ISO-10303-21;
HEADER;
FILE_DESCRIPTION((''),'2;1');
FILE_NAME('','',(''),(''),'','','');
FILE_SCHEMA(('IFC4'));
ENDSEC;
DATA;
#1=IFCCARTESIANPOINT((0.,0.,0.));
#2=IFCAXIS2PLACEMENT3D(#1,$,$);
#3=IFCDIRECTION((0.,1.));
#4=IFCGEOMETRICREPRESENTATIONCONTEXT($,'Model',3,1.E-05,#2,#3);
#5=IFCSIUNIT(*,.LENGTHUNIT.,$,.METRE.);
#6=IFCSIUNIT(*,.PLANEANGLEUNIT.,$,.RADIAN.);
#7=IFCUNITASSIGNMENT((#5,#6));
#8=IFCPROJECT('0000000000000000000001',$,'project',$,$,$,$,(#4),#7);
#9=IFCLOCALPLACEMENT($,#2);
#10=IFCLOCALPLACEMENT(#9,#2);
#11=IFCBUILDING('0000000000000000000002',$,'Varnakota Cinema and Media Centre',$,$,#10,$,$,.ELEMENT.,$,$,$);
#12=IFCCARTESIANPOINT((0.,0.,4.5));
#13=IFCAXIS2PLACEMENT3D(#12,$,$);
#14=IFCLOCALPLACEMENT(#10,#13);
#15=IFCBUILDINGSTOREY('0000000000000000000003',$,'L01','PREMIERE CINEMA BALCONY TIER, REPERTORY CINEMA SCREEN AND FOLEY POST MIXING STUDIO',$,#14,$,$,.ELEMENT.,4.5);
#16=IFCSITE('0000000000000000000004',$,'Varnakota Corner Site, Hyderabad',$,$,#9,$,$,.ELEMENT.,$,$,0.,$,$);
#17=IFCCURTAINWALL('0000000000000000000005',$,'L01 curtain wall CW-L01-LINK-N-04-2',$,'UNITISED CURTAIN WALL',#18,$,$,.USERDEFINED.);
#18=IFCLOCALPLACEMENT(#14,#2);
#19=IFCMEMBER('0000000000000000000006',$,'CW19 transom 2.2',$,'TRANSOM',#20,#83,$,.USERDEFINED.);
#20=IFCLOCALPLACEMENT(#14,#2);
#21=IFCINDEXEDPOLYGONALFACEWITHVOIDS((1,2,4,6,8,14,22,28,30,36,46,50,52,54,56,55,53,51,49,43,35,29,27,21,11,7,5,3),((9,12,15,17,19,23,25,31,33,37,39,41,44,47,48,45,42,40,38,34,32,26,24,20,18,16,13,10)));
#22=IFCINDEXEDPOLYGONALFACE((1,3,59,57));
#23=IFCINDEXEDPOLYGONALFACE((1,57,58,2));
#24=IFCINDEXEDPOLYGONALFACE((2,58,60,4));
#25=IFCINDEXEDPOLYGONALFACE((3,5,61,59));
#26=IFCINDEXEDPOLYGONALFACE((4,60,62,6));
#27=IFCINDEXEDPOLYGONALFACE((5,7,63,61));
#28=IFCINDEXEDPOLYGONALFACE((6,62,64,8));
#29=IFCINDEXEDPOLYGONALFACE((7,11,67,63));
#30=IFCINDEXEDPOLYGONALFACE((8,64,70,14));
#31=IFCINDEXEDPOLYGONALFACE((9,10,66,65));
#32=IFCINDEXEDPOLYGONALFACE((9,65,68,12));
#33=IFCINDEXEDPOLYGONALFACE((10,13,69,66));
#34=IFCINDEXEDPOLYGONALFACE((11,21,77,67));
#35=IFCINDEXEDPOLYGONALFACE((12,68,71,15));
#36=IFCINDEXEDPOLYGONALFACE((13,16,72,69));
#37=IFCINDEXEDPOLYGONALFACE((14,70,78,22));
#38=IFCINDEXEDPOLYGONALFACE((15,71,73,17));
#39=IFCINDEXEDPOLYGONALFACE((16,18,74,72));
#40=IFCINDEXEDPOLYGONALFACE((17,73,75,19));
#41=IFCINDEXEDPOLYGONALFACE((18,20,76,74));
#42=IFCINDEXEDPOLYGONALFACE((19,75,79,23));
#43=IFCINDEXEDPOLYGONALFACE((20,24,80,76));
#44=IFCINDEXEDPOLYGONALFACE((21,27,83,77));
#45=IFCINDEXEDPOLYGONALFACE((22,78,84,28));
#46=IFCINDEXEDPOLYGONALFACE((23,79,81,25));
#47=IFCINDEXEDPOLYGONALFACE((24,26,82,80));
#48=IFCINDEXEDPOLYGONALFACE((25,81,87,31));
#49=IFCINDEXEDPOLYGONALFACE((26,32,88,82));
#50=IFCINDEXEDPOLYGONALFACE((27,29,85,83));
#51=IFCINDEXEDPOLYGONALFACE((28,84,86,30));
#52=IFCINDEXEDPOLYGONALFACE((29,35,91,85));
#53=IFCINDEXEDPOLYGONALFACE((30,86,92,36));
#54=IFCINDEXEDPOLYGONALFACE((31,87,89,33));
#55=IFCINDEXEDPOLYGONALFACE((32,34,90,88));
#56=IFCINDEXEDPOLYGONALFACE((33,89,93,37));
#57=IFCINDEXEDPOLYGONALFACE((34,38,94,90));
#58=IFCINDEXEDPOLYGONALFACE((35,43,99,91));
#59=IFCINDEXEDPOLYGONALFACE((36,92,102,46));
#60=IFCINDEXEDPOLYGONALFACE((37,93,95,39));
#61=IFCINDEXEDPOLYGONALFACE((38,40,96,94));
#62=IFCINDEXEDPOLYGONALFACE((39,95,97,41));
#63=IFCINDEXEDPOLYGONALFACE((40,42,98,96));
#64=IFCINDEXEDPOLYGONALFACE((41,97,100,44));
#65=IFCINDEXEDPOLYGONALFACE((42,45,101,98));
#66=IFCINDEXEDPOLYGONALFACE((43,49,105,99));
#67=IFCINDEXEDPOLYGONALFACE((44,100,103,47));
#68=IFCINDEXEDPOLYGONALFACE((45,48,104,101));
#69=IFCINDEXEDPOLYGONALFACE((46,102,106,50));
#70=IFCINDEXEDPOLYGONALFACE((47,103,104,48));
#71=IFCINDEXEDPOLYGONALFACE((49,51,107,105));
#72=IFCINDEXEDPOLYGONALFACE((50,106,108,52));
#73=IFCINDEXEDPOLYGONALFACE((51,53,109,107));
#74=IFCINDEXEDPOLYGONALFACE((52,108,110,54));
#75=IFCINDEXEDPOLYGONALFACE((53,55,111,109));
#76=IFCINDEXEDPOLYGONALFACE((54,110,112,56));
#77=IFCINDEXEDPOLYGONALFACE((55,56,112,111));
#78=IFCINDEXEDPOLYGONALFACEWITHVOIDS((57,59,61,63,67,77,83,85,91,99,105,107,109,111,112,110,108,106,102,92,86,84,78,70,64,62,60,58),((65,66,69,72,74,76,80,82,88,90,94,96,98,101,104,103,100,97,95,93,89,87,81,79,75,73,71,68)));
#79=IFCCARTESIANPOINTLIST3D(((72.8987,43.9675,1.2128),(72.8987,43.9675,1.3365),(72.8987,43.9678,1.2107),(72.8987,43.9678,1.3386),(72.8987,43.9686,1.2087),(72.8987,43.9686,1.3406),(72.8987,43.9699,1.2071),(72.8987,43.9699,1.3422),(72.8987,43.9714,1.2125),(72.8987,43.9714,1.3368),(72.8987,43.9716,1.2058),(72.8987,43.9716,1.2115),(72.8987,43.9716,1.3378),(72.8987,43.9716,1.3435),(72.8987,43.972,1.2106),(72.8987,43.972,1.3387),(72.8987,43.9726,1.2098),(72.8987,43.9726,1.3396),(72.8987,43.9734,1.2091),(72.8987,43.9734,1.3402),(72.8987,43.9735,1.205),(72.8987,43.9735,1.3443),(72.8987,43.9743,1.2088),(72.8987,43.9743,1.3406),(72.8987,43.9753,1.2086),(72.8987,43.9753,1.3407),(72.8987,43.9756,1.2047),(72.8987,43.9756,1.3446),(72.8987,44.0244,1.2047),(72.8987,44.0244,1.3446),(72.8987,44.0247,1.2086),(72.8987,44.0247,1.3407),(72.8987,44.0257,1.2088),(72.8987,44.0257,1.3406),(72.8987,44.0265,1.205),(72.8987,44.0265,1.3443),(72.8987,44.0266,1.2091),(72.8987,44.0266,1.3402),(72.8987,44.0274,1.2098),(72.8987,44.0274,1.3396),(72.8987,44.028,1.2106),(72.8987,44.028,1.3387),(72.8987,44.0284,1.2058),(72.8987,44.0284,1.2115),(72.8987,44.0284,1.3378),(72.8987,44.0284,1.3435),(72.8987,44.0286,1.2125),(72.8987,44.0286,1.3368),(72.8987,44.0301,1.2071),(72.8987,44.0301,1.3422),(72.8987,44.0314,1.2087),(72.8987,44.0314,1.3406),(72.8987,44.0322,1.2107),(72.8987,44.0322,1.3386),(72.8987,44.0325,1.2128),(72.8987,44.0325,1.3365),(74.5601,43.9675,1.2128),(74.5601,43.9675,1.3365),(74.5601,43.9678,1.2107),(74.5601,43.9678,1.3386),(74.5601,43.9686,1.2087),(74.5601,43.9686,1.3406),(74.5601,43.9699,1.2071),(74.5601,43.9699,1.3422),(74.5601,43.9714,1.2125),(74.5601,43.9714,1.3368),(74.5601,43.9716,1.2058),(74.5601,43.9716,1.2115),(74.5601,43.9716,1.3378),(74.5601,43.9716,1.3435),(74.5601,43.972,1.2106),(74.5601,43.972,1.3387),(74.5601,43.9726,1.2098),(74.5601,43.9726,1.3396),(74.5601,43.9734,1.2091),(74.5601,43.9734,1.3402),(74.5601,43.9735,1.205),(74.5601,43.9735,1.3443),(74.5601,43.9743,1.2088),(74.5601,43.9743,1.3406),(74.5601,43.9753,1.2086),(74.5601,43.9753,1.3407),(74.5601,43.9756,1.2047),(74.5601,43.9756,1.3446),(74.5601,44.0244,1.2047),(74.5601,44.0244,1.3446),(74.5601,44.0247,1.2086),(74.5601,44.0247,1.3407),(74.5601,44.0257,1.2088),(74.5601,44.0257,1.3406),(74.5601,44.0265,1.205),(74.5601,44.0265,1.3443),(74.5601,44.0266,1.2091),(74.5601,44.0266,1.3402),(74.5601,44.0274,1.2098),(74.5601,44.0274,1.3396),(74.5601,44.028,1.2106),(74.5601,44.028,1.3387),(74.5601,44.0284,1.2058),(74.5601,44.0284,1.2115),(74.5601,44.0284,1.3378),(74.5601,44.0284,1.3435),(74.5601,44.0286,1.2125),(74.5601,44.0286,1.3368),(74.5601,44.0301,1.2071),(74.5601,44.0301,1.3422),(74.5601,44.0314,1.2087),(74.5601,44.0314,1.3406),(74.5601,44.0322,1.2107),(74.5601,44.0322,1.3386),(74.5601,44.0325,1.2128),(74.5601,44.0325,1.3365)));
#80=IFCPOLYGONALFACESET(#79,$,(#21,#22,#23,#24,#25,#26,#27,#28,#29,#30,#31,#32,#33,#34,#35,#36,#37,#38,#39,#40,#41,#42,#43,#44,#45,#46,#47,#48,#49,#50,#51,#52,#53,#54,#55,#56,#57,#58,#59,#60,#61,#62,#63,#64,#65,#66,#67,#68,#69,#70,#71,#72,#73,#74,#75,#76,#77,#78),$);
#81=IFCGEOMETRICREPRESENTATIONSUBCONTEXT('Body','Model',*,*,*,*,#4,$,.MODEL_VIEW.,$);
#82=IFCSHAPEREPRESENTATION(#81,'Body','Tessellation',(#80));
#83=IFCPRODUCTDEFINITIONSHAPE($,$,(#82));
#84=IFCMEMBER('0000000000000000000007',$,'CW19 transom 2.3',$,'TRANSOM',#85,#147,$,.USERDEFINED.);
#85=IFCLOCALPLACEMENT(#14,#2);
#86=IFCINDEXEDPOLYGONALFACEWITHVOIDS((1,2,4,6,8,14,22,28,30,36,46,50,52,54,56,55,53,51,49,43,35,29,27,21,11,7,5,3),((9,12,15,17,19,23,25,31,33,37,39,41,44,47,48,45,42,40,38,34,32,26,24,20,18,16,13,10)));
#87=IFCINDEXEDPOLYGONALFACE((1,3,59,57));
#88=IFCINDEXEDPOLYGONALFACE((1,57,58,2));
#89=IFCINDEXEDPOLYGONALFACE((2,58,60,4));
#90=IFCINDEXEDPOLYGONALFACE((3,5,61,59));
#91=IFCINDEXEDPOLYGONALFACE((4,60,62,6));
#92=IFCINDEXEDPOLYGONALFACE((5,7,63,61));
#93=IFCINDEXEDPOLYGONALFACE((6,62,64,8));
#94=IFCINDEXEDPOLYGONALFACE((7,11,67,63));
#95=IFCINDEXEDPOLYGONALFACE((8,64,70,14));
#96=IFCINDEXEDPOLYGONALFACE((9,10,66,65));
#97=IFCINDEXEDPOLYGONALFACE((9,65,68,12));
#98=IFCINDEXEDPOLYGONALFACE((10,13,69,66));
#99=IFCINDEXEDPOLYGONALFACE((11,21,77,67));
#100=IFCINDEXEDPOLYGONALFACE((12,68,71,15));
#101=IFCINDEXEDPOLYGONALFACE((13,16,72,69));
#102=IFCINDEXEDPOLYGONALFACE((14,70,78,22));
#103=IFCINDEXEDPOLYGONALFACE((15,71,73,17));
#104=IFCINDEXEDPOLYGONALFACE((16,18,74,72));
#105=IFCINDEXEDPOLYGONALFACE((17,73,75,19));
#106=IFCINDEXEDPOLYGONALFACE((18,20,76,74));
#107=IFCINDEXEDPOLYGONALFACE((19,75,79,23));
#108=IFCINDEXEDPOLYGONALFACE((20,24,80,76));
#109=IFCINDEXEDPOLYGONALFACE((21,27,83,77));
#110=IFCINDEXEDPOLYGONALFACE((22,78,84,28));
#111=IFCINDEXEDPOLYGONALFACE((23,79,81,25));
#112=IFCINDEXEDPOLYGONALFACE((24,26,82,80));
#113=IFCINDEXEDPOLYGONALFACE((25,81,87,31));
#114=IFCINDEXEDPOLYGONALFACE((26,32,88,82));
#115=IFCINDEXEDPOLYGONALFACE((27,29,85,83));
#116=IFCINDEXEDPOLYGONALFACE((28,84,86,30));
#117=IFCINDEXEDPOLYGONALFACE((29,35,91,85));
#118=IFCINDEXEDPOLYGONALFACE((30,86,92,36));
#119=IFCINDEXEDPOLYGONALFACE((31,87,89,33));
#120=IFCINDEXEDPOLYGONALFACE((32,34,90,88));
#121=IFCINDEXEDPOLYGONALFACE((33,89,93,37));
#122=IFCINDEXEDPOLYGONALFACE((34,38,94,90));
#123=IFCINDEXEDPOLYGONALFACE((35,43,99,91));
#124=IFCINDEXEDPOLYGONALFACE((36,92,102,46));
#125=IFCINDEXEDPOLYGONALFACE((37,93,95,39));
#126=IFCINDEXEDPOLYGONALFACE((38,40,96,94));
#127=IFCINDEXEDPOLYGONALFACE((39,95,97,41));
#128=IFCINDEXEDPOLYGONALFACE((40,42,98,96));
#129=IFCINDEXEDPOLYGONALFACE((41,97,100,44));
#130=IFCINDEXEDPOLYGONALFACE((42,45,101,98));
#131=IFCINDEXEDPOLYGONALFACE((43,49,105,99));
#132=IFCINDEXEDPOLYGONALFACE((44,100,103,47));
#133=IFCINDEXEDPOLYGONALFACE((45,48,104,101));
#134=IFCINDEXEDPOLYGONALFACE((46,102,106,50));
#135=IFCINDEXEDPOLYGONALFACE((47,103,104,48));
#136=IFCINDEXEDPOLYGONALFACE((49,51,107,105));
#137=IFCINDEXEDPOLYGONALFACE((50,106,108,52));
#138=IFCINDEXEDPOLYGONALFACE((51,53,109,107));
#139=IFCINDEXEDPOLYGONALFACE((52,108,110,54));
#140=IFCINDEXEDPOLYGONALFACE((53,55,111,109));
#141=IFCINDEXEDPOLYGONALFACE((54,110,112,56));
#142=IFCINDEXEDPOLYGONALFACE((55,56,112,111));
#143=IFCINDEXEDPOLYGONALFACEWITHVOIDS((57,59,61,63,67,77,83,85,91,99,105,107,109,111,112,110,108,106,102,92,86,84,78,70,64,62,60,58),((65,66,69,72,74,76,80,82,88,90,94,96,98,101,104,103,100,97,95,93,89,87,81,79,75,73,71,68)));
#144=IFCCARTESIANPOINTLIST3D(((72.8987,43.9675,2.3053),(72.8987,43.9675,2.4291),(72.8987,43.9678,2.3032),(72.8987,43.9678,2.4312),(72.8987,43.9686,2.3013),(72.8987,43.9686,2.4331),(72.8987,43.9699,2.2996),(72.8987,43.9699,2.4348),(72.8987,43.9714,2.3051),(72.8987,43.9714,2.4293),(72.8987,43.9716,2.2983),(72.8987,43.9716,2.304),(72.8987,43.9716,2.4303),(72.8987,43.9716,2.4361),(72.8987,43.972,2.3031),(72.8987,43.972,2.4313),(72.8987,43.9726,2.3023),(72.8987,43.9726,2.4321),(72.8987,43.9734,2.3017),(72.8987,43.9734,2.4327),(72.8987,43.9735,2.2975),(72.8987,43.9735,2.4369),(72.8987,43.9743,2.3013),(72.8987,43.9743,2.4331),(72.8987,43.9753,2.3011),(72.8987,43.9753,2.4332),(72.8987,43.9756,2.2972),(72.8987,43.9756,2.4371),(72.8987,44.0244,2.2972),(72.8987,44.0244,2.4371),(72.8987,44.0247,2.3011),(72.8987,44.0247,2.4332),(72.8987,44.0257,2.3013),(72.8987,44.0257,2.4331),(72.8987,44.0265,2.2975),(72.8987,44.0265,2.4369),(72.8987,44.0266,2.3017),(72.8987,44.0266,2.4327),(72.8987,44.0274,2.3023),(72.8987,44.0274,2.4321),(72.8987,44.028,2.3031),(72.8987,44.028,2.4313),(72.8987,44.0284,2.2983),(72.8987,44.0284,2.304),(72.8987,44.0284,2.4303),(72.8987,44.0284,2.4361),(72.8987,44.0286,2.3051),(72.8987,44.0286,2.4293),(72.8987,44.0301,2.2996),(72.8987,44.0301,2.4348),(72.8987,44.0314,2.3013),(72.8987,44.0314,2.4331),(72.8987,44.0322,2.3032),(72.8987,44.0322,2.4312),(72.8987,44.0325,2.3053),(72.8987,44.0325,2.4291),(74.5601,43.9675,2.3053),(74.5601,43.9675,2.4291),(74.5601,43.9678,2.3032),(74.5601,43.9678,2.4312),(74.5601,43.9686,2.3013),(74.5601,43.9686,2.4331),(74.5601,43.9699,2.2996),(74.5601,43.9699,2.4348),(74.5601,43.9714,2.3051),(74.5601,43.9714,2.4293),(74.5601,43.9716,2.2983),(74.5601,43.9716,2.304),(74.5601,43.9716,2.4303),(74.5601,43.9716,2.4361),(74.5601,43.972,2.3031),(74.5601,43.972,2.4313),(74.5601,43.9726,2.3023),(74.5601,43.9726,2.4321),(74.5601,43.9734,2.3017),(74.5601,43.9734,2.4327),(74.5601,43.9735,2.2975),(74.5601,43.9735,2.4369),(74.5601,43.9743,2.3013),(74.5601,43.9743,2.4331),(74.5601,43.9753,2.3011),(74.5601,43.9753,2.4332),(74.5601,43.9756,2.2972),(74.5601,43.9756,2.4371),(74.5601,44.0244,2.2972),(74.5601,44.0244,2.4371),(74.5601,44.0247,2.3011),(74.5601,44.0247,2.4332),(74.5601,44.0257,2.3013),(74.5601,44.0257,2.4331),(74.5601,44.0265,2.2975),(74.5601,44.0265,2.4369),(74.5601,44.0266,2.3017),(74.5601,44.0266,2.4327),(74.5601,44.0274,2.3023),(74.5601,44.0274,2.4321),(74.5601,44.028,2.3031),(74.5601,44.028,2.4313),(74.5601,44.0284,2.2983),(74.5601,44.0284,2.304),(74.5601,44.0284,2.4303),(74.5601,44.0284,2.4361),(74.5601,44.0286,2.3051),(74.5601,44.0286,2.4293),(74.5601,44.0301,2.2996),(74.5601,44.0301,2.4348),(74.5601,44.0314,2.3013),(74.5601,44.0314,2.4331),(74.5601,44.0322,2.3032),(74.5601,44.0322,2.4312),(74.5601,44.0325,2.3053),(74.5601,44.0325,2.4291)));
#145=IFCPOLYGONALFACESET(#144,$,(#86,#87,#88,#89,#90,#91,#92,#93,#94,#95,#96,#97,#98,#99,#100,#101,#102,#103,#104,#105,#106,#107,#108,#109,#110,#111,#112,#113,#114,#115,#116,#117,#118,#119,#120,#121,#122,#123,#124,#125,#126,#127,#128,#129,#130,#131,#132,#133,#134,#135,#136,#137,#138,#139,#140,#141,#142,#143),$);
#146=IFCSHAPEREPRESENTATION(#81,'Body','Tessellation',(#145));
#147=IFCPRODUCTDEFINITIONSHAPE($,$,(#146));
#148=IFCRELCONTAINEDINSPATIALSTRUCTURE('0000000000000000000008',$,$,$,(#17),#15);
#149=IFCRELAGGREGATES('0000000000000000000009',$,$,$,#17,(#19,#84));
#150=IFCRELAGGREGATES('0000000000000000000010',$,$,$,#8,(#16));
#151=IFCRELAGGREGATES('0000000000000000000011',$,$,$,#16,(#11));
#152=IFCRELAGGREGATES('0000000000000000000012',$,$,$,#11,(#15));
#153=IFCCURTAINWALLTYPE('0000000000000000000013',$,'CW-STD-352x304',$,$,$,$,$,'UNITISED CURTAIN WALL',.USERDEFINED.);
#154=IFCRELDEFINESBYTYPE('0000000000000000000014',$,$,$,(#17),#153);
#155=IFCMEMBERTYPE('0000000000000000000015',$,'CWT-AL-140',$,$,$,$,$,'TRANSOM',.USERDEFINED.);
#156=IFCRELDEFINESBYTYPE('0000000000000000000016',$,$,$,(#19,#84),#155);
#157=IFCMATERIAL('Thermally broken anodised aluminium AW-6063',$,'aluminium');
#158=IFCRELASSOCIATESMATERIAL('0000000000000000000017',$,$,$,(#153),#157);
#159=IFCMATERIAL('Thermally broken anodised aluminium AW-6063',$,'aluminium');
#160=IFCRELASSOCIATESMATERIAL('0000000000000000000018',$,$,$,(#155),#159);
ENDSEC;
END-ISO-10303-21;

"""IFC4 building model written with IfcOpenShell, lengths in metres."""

from ifc_helpers import new_model, si_unit, direction, frame, origin, origin_2d, place, context, subcontext, project, spatial, hollow_rectangle, extrude, material, material_profile, profile_set, type_object, element, aggregate, save


model = new_model("IFC4")

# Units and contexts
model_context = context("Model", 3, precision=1e-05, world=origin(), true_north=direction((0.0, 1.0)))
body_context = subcontext(model_context, "Body", "Model", "MODEL_VIEW")
ifc_project = project(units=[si_unit("LENGTHUNIT", "METRE"), si_unit("PLANEANGLEUNIT", "RADIAN")], contexts=[model_context])

# Site, building, storey
site_placement = place(None, origin())
site = spatial("IfcSite", under=ifc_project, at=site_placement, Name="Varnakota Corner Site, Hyderabad", CompositionType="ELEMENT", RefElevation=0.0)
building_placement = place(site_placement, origin())
building = spatial("IfcBuilding", under=site, at=building_placement, Name="Varnakota Cinema and Media Centre", CompositionType="ELEMENT")
storey_placement = place(building_placement, frame((0.0, 0.0, 4.5)))
storey = spatial("IfcBuildingStorey", under=building, at=storey_placement, Name="L01", Description="PREMIERE CINEMA BALCONY TIER, REPERTORY CINEMA SCREEN AND FOLEY POST MIXING STUDIO", CompositionType="ELEMENT", Elevation=4.5)

# Shared definitions
ifc_material_1 = material(Name="Thermally broken anodised aluminium AW-6063", Category="aluminium")
curtain_wall_type_1 = type_object("IfcCurtainWallType", Name="CW-STD-352x304", ElementType="UNITISED CURTAIN WALL", PredefinedType="USERDEFINED", material=ifc_material_1)

# Curtain wall
curtain_wall_1_placement = place(storey_placement, origin())
curtain_wall_1 = element("IfcCurtainWall", 1, at=curtain_wall_1_placement, inside=storey, type_object=curtain_wall_type_1, Name="L01 curtain wall CW-L01-LINK-N-04-2", ObjectType="UNITISED CURTAIN WALL", PredefinedType="USERDEFINED")

# Members
ifc_material_2 = material(Name="Thermally broken anodised aluminium AW-6063", Category="aluminium")
ifc_material_profile_1 = material_profile(ifc_material_2, hollow_rectangle(XDim=0.0649, YDim=0.1399, WallThickness=0.0039, InnerFilletRadius=0.0039, OuterFilletRadius=0.0081, at=origin_2d()), Name="AL-TRANSOM 140x65x4")
ifc_profile_set_1 = profile_set([ifc_material_profile_1], Name="Thermally broken anodised aluminium AW-6063")
member_type_1 = type_object("IfcMemberType", Name="CWT-AL-140", ElementType="TRANSOM", PredefinedType="USERDEFINED", material=ifc_profile_set_1)
member_1_placement = place(storey_placement, frame((72.8987, 44.0, 1.2747), z_axis=(1.0, 0.0, 0.0), x_axis=(0.0, 1.0, 0.0)))
member_1 = element("IfcMember", 2, at=member_1_placement, type_object=member_type_1, Name="CW19 transom 2.2", ObjectType="TRANSOM", PredefinedType="USERDEFINED", context=body_context, shape_type="SweptSolid", body=[
    extrude(hollow_rectangle(XDim=0.0649, YDim=0.1399, WallThickness=0.0039, InnerFilletRadius=0.0039, OuterFilletRadius=0.0081, at=origin_2d()), origin(), (0.0, 0.0, 1.0), 1.6614),
])
member_2_placement = place(storey_placement, frame((72.8987, 44.0, 2.3672), z_axis=(1.0, 0.0, 0.0), x_axis=(0.0, 1.0, 0.0)))
member_2 = element("IfcMember", 3, at=member_2_placement, type_object=member_type_1, Name="CW19 transom 2.3", ObjectType="TRANSOM", PredefinedType="USERDEFINED", context=body_context, shape_type="SweptSolid", body=[
    extrude(hollow_rectangle(XDim=0.0649, YDim=0.1399, WallThickness=0.0039, InnerFilletRadius=0.0039, OuterFilletRadius=0.0081, at=origin_2d()), origin(), (0.0, 0.0, 1.0), 1.6614),
])

aggregate(curtain_wall_1, [member_1, member_2])

save(model, "model.ifc")
